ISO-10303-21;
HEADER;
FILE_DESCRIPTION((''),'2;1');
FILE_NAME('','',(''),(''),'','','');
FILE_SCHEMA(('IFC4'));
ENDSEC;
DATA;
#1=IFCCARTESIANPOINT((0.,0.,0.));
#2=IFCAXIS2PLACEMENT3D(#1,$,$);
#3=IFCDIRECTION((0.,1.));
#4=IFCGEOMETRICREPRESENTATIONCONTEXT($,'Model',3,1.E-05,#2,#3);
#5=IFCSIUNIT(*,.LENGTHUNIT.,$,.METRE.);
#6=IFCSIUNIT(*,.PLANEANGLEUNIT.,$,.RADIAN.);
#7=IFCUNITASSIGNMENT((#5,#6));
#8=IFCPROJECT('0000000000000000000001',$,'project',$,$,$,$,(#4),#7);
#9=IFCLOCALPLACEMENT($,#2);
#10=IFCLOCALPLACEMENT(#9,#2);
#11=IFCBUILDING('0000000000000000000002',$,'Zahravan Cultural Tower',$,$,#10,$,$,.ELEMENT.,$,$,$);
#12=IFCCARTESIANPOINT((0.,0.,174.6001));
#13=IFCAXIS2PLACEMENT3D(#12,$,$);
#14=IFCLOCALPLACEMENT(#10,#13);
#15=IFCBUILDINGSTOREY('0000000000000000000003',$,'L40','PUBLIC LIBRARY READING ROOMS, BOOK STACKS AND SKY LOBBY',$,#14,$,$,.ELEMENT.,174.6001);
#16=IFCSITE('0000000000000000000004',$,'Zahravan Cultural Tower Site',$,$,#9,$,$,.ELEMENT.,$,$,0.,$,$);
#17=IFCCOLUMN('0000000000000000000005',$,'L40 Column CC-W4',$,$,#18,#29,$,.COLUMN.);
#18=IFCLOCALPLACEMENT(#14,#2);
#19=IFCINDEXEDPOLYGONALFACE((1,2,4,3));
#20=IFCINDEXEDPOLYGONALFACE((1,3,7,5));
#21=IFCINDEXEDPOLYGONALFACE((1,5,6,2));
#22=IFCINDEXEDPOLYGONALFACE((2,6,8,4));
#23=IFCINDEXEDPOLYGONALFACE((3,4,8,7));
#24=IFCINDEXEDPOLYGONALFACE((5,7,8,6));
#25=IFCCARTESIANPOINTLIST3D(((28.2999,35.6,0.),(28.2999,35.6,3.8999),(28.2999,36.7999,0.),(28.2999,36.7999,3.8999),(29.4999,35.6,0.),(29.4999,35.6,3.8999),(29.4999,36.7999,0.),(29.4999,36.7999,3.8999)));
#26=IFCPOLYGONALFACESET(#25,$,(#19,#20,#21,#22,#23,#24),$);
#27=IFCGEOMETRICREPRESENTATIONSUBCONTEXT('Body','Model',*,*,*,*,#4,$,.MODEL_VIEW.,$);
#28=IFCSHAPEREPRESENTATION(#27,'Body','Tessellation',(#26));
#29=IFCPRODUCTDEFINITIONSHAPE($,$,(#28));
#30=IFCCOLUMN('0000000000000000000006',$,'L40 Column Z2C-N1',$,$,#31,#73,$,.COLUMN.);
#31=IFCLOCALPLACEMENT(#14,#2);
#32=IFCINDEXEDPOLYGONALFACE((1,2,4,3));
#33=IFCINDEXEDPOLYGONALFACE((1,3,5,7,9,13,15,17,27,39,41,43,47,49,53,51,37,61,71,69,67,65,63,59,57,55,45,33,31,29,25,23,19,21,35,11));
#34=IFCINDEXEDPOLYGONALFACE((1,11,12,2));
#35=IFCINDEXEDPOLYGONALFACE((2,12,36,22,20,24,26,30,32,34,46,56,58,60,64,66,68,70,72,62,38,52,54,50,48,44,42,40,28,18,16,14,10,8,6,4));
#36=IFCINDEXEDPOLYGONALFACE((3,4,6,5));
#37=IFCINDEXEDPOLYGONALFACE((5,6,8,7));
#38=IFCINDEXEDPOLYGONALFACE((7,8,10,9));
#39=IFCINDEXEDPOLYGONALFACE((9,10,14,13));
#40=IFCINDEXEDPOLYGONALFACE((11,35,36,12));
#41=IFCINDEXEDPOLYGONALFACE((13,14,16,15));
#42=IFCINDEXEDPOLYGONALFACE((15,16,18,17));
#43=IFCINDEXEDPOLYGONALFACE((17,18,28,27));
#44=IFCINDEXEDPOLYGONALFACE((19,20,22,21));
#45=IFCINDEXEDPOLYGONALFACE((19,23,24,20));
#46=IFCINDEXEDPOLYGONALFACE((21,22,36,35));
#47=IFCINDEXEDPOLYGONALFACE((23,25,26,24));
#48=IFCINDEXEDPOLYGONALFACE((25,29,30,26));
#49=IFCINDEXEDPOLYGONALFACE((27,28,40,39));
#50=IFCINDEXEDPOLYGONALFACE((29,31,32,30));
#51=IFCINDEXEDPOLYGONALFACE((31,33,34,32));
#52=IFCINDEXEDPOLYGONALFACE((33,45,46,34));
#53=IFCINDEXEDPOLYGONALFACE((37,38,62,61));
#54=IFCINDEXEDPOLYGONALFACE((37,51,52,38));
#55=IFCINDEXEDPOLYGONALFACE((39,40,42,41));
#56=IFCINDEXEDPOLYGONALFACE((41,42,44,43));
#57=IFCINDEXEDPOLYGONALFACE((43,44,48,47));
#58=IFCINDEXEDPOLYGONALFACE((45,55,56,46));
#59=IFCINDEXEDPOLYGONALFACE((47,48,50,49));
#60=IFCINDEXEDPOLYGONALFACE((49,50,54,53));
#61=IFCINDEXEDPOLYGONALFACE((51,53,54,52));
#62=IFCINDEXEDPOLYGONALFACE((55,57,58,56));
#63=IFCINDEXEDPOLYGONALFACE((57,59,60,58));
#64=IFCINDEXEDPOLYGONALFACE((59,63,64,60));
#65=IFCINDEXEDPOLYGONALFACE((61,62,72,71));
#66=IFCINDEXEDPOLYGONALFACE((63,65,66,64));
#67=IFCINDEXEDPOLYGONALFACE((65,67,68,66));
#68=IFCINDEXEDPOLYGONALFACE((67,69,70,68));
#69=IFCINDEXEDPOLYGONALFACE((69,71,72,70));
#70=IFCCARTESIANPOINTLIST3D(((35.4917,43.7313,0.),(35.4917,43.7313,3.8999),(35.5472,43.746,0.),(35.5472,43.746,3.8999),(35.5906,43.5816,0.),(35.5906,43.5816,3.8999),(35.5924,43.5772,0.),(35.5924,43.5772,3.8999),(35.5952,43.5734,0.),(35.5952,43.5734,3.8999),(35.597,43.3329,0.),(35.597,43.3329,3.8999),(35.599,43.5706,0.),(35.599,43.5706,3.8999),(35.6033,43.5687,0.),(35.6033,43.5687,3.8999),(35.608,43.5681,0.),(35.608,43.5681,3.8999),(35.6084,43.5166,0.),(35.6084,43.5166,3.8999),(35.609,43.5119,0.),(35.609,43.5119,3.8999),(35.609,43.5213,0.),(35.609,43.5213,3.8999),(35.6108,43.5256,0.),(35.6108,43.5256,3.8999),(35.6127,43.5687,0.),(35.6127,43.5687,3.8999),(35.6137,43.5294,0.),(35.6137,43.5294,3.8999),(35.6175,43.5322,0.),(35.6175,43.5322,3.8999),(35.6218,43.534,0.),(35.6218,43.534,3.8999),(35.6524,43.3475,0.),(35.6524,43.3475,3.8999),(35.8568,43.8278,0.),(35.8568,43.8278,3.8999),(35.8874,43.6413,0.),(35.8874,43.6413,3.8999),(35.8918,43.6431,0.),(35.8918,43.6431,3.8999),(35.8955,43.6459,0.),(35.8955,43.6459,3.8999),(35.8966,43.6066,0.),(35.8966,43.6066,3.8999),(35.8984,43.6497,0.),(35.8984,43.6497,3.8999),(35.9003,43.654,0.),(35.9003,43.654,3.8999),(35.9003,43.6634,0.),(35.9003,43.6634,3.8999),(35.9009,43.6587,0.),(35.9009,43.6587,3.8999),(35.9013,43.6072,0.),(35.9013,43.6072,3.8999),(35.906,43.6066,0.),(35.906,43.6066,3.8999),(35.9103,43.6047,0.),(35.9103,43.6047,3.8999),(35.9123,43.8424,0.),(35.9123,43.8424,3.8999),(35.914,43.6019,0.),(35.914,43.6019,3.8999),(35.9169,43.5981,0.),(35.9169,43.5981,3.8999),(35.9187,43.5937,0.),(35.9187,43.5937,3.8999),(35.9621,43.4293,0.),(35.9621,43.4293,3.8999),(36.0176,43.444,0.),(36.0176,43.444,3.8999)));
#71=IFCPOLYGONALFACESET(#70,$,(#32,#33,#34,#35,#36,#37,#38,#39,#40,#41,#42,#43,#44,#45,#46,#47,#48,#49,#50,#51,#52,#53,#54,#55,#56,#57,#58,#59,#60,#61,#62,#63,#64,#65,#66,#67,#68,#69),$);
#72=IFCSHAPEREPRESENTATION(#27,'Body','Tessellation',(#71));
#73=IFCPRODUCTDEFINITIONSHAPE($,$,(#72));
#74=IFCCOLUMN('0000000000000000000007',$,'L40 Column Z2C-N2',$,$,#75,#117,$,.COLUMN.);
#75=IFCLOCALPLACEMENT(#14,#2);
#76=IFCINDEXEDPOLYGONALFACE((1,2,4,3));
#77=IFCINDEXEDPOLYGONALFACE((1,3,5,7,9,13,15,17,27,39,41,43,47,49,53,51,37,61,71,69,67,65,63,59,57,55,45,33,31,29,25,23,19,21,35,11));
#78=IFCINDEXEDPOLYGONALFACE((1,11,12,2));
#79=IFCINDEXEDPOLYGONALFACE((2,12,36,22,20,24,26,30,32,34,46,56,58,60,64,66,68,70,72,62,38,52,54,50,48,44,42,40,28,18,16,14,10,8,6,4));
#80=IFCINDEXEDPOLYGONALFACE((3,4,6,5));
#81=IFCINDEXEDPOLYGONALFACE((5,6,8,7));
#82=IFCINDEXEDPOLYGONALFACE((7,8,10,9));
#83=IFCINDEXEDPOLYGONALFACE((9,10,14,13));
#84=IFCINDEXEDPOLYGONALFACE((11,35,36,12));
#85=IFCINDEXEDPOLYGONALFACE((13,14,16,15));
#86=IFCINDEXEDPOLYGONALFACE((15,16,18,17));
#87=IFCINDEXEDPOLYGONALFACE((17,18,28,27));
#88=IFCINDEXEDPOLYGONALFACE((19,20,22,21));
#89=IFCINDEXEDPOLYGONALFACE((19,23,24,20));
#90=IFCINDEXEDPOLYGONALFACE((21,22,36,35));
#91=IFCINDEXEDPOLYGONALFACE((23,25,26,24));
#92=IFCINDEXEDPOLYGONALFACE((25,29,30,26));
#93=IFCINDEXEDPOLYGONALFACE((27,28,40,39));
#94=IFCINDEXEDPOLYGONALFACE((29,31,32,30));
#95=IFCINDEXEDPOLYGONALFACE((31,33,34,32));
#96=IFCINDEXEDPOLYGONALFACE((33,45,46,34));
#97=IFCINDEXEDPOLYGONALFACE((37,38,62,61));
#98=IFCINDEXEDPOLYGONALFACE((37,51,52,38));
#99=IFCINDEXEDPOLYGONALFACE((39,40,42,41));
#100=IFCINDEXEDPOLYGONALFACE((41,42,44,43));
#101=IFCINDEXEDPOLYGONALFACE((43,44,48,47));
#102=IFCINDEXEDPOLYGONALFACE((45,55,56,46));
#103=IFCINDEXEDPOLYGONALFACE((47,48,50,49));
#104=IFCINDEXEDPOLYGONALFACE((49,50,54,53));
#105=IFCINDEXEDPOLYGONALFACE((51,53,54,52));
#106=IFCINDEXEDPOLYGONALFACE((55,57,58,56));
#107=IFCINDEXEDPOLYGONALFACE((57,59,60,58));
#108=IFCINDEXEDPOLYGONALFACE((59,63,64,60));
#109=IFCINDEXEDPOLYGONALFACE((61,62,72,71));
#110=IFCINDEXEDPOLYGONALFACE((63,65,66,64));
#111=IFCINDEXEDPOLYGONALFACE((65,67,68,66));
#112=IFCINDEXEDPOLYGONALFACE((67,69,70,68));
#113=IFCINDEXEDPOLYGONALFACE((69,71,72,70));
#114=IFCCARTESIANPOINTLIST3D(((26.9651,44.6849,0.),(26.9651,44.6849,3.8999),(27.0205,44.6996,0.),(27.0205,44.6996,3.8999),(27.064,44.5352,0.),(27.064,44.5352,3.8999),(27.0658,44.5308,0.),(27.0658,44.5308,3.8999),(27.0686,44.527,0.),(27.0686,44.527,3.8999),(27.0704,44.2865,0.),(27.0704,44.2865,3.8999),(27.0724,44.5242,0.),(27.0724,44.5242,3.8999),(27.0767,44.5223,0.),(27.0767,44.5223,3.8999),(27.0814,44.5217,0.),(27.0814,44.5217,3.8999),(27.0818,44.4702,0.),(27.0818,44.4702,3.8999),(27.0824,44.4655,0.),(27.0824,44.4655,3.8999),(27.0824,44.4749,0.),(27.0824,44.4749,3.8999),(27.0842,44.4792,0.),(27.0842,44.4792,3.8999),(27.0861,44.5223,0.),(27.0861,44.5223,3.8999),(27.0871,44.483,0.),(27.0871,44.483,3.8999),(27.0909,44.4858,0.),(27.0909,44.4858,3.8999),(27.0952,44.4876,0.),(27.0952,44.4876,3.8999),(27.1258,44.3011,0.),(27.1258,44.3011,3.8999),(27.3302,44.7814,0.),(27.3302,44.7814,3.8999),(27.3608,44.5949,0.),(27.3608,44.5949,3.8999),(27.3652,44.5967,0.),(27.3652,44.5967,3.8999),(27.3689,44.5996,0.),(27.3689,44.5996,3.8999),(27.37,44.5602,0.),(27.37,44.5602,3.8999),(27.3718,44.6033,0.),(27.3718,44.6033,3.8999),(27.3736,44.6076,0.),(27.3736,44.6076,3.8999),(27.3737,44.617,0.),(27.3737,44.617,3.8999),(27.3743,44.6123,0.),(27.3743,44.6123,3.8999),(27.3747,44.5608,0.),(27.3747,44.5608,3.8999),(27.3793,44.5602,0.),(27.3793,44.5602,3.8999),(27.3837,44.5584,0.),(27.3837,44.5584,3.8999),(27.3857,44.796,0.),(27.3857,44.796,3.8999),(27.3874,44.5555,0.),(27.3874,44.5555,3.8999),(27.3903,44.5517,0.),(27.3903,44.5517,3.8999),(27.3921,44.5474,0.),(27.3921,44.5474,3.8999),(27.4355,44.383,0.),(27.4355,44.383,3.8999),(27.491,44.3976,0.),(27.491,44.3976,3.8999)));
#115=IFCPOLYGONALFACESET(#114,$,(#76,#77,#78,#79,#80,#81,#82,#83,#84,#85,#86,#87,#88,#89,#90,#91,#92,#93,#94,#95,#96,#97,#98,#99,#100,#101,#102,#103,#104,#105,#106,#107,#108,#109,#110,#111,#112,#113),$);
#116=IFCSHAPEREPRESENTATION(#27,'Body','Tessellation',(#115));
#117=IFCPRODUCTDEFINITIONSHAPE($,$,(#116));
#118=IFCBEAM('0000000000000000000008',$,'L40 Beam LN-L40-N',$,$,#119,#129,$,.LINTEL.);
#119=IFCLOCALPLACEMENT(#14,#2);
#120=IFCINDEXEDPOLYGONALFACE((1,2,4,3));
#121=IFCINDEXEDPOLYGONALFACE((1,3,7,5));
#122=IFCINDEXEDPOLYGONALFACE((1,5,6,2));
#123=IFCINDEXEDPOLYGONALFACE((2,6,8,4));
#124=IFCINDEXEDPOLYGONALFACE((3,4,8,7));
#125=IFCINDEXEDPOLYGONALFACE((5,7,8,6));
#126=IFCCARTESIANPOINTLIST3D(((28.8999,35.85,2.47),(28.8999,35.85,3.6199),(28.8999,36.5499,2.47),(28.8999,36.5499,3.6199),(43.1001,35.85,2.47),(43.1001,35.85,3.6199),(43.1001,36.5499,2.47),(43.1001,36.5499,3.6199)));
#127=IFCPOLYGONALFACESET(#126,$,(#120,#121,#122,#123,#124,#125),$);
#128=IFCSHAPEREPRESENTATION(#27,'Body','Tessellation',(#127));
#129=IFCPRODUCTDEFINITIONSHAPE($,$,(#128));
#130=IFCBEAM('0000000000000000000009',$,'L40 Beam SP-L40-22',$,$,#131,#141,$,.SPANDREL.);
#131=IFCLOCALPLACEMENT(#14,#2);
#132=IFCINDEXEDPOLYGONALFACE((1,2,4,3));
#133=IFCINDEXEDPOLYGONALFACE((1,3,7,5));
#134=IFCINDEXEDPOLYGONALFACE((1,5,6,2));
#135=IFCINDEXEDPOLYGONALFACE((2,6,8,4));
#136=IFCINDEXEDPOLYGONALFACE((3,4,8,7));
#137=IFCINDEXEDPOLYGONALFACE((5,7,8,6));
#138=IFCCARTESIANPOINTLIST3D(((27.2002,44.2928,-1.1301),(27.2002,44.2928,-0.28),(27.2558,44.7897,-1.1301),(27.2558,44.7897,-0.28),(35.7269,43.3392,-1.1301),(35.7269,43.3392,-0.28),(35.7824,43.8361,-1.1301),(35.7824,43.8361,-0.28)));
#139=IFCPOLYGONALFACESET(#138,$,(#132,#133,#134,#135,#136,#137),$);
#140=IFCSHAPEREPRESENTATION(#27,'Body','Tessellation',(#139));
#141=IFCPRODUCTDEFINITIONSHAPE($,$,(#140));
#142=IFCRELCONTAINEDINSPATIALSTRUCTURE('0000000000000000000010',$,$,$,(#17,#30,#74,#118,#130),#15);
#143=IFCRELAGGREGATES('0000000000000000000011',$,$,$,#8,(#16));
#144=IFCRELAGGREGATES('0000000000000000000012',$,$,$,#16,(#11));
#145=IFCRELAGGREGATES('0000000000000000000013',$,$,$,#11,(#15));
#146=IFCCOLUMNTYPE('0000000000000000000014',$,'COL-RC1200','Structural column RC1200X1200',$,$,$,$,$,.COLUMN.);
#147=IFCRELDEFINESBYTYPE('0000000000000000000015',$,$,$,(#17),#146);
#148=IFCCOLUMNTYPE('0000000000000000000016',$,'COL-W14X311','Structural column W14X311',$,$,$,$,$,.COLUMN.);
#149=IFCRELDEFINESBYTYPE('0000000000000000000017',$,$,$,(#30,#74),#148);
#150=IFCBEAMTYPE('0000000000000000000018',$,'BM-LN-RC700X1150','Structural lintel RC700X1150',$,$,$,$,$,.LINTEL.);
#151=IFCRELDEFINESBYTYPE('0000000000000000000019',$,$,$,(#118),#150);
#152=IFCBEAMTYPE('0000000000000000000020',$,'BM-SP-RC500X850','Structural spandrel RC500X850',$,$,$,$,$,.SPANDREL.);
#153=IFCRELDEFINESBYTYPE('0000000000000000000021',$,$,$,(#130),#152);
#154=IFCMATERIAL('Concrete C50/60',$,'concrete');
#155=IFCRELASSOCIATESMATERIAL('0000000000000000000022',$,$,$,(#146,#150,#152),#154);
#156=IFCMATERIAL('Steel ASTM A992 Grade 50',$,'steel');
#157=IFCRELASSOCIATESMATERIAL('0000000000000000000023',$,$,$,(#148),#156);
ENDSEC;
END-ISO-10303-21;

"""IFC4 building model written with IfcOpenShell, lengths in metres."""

from ifc_helpers import new_model, si_unit, direction, frame, origin, origin_2d, place, context, subcontext, project, spatial, rectangle, i_section, extrude, source, transform, mapped, material, material_profile, profile_set, type_object, element, save


model = new_model("IFC4")

# Units and contexts
model_context = context("Model", 3, precision=1e-05, world=origin(), true_north=direction((0.0, 1.0)))
body_context = subcontext(model_context, "Body", "Model", "MODEL_VIEW")
ifc_project = project(units=[si_unit("LENGTHUNIT", "METRE"), si_unit("PLANEANGLEUNIT", "RADIAN")], contexts=[model_context])

# Site, building, storey
site_placement = place(None, origin())
site = spatial("IfcSite", under=ifc_project, at=site_placement, Name="Zahravan Cultural Tower Site", CompositionType="ELEMENT", RefElevation=0.0)
building_placement = place(site_placement, origin())
building = spatial("IfcBuilding", under=site, at=building_placement, Name="Zahravan Cultural Tower", CompositionType="ELEMENT")
storey_placement = place(building_placement, frame((0.0, 0.0, 174.6001)))
storey = spatial("IfcBuildingStorey", under=building, at=storey_placement, Name="L40", Description="PUBLIC LIBRARY READING ROOMS, BOOK STACKS AND SKY LOBBY", CompositionType="ELEMENT", Elevation=174.6001)

# Columns
ifc_material_1 = material(Name="Concrete C50/60", Category="concrete")
ifc_material_profile_1 = material_profile(ifc_material_1, rectangle(XDim=1.2, YDim=1.2, at=origin_2d()), Name="RC1200X1200")
ifc_profile_set_1 = profile_set([ifc_material_profile_1], Name="Concrete C50/60")
column_type_1 = type_object("IfcColumnType", Name="COL-RC1200", Description="Structural column RC1200X1200", PredefinedType="COLUMN", material=ifc_profile_set_1)
shared_shape_1 = source(origin(), body_context, "Body", "SweptSolid", [
    extrude(rectangle(XDim=1.2, YDim=1.2, at=origin_2d()), origin(), (0.0, 0.0, 1.0), 3.8999),
])
column_placement = place(storey_placement, frame((28.8999, 36.2, 0.0), z_axis=(0.0, 0.0, 1.0), x_axis=(1.0, 0.0, 0.0)))
element("IfcColumn", 1, at=column_placement, inside=storey, type_object=column_type_1, Name="L40 Column CC-W4", PredefinedType="COLUMN", context=body_context, shape_type="MappedRepresentation", body=[
    mapped(shared_shape_1, transform((0.0, 0.0, 0.0), x_axis=(1.0, 0.0, 0.0), y_axis=(0.0, 1.0, 0.0), z_axis=(0.0, 0.0, 1.0), scale=1.0)),
])
ifc_material_2 = material(Name="Steel ASTM A992 Grade 50", Category="steel")
ifc_material_profile_2 = material_profile(ifc_material_2, i_section(OverallWidth=0.4121, OverallDepth=0.4351, WebThickness=0.0359, FlangeThickness=0.0574, FilletRadius=0.0181, at=origin_2d()), Name="W14X311")
ifc_profile_set_2 = profile_set([ifc_material_profile_2], Name="Steel ASTM A992 Grade 50")
column_type_2 = type_object("IfcColumnType", Name="COL-W14X311", Description="Structural column W14X311", PredefinedType="COLUMN", material=ifc_profile_set_2)
shared_shape_2 = source(origin(), body_context, "Body", "SweptSolid", [
    extrude(i_section(OverallWidth=0.4121, OverallDepth=0.4351, WebThickness=0.0359, FlangeThickness=0.0574, FilletRadius=0.0181, at=origin_2d()), origin(), (0.0, 0.0, 1.0), 3.8999),
])
for number, where, z_axis, x_axis, name in (
    (2, (35.7546, 43.5876, 0.0), (0.0, 0.0, 1.0), (-0.255446, 0.966823, 0.0), "L40 Column Z2C-N1"),
    (3, (27.228, 44.5413, 0.0), (0.0, 0.0, 1.0), (-0.255446, 0.966823, 0.0), "L40 Column Z2C-N2"),
):
    element("IfcColumn", number, at=place(storey_placement, frame(where, z_axis=z_axis, x_axis=x_axis)), inside=storey, type_object=column_type_2, Name=name, PredefinedType="COLUMN", context=body_context, shape_type="MappedRepresentation", body=[
        mapped(shared_shape_2, transform((0.0, 0.0, 0.0), x_axis=(1.0, 0.0, 0.0), y_axis=(0.0, 1.0, 0.0), z_axis=(0.0, 0.0, 1.0), scale=1.0)),
    ])

# Beams
ifc_material_profile_3 = material_profile(ifc_material_1, rectangle(XDim=0.7, YDim=1.1499, at=origin_2d()), Name="RC700X1150")
ifc_profile_set_3 = profile_set([ifc_material_profile_3], Name="Concrete C50/60")
beam_type_1 = type_object("IfcBeamType", Name="BM-LN-RC700X1150", Description="Structural lintel RC700X1150", PredefinedType="LINTEL", material=ifc_profile_set_3)
shared_shape_3 = source(origin(), body_context, "Body", "SweptSolid", [
    extrude(rectangle(XDim=0.7, YDim=1.1499, at=origin_2d()), origin(), (0.0, 0.0, 1.0), 14.2002),
])
beam_1_placement = place(storey_placement, frame((28.8999, 36.2, 3.0449), z_axis=(1.0, 0.0, 0.0), x_axis=(0.0, 1.0, 0.0)))
element("IfcBeam", 4, at=beam_1_placement, inside=storey, type_object=beam_type_1, Name="L40 Beam LN-L40-N", PredefinedType="LINTEL", context=body_context, shape_type="MappedRepresentation", body=[
    mapped(shared_shape_3, transform((0.0, 0.0, 0.0), x_axis=(1.0, 0.0, 0.0), y_axis=(0.0, 1.0, 0.0), z_axis=(0.0, 0.0, 1.0), scale=1.0)),
])
ifc_material_profile_4 = material_profile(ifc_material_1, rectangle(XDim=0.5, YDim=0.8501, at=origin_2d()), Name="RC500X850")
ifc_profile_set_4 = profile_set([ifc_material_profile_4], Name="Concrete C50/60")
beam_type_2 = type_object("IfcBeamType", Name="BM-SP-RC500X850", Description="Structural spandrel RC500X850", PredefinedType="SPANDREL", material=ifc_profile_set_4)
shared_shape_4 = source(origin(), body_context, "Body", "SweptSolid", [
    extrude(rectangle(XDim=0.5, YDim=0.8501, at=origin_2d()), origin(), (0.0, 0.0, 1.0), 8.5798),
])
beam_2_placement = place(storey_placement, frame((35.7546, 43.5876, -0.7051), z_axis=(-0.993804, 0.111147, 0.0), x_axis=(-0.111147, -0.993804, 0.0)))
element("IfcBeam", 5, at=beam_2_placement, inside=storey, type_object=beam_type_2, Name="L40 Beam SP-L40-22", PredefinedType="SPANDREL", context=body_context, shape_type="MappedRepresentation", body=[
    mapped(shared_shape_4, transform((0.0, 0.0, 0.0), x_axis=(1.0, 0.0, 0.0), y_axis=(0.0, 1.0, 0.0), z_axis=(0.0, 0.0, 1.0), scale=1.0)),
])

save(model, "model.ifc")
